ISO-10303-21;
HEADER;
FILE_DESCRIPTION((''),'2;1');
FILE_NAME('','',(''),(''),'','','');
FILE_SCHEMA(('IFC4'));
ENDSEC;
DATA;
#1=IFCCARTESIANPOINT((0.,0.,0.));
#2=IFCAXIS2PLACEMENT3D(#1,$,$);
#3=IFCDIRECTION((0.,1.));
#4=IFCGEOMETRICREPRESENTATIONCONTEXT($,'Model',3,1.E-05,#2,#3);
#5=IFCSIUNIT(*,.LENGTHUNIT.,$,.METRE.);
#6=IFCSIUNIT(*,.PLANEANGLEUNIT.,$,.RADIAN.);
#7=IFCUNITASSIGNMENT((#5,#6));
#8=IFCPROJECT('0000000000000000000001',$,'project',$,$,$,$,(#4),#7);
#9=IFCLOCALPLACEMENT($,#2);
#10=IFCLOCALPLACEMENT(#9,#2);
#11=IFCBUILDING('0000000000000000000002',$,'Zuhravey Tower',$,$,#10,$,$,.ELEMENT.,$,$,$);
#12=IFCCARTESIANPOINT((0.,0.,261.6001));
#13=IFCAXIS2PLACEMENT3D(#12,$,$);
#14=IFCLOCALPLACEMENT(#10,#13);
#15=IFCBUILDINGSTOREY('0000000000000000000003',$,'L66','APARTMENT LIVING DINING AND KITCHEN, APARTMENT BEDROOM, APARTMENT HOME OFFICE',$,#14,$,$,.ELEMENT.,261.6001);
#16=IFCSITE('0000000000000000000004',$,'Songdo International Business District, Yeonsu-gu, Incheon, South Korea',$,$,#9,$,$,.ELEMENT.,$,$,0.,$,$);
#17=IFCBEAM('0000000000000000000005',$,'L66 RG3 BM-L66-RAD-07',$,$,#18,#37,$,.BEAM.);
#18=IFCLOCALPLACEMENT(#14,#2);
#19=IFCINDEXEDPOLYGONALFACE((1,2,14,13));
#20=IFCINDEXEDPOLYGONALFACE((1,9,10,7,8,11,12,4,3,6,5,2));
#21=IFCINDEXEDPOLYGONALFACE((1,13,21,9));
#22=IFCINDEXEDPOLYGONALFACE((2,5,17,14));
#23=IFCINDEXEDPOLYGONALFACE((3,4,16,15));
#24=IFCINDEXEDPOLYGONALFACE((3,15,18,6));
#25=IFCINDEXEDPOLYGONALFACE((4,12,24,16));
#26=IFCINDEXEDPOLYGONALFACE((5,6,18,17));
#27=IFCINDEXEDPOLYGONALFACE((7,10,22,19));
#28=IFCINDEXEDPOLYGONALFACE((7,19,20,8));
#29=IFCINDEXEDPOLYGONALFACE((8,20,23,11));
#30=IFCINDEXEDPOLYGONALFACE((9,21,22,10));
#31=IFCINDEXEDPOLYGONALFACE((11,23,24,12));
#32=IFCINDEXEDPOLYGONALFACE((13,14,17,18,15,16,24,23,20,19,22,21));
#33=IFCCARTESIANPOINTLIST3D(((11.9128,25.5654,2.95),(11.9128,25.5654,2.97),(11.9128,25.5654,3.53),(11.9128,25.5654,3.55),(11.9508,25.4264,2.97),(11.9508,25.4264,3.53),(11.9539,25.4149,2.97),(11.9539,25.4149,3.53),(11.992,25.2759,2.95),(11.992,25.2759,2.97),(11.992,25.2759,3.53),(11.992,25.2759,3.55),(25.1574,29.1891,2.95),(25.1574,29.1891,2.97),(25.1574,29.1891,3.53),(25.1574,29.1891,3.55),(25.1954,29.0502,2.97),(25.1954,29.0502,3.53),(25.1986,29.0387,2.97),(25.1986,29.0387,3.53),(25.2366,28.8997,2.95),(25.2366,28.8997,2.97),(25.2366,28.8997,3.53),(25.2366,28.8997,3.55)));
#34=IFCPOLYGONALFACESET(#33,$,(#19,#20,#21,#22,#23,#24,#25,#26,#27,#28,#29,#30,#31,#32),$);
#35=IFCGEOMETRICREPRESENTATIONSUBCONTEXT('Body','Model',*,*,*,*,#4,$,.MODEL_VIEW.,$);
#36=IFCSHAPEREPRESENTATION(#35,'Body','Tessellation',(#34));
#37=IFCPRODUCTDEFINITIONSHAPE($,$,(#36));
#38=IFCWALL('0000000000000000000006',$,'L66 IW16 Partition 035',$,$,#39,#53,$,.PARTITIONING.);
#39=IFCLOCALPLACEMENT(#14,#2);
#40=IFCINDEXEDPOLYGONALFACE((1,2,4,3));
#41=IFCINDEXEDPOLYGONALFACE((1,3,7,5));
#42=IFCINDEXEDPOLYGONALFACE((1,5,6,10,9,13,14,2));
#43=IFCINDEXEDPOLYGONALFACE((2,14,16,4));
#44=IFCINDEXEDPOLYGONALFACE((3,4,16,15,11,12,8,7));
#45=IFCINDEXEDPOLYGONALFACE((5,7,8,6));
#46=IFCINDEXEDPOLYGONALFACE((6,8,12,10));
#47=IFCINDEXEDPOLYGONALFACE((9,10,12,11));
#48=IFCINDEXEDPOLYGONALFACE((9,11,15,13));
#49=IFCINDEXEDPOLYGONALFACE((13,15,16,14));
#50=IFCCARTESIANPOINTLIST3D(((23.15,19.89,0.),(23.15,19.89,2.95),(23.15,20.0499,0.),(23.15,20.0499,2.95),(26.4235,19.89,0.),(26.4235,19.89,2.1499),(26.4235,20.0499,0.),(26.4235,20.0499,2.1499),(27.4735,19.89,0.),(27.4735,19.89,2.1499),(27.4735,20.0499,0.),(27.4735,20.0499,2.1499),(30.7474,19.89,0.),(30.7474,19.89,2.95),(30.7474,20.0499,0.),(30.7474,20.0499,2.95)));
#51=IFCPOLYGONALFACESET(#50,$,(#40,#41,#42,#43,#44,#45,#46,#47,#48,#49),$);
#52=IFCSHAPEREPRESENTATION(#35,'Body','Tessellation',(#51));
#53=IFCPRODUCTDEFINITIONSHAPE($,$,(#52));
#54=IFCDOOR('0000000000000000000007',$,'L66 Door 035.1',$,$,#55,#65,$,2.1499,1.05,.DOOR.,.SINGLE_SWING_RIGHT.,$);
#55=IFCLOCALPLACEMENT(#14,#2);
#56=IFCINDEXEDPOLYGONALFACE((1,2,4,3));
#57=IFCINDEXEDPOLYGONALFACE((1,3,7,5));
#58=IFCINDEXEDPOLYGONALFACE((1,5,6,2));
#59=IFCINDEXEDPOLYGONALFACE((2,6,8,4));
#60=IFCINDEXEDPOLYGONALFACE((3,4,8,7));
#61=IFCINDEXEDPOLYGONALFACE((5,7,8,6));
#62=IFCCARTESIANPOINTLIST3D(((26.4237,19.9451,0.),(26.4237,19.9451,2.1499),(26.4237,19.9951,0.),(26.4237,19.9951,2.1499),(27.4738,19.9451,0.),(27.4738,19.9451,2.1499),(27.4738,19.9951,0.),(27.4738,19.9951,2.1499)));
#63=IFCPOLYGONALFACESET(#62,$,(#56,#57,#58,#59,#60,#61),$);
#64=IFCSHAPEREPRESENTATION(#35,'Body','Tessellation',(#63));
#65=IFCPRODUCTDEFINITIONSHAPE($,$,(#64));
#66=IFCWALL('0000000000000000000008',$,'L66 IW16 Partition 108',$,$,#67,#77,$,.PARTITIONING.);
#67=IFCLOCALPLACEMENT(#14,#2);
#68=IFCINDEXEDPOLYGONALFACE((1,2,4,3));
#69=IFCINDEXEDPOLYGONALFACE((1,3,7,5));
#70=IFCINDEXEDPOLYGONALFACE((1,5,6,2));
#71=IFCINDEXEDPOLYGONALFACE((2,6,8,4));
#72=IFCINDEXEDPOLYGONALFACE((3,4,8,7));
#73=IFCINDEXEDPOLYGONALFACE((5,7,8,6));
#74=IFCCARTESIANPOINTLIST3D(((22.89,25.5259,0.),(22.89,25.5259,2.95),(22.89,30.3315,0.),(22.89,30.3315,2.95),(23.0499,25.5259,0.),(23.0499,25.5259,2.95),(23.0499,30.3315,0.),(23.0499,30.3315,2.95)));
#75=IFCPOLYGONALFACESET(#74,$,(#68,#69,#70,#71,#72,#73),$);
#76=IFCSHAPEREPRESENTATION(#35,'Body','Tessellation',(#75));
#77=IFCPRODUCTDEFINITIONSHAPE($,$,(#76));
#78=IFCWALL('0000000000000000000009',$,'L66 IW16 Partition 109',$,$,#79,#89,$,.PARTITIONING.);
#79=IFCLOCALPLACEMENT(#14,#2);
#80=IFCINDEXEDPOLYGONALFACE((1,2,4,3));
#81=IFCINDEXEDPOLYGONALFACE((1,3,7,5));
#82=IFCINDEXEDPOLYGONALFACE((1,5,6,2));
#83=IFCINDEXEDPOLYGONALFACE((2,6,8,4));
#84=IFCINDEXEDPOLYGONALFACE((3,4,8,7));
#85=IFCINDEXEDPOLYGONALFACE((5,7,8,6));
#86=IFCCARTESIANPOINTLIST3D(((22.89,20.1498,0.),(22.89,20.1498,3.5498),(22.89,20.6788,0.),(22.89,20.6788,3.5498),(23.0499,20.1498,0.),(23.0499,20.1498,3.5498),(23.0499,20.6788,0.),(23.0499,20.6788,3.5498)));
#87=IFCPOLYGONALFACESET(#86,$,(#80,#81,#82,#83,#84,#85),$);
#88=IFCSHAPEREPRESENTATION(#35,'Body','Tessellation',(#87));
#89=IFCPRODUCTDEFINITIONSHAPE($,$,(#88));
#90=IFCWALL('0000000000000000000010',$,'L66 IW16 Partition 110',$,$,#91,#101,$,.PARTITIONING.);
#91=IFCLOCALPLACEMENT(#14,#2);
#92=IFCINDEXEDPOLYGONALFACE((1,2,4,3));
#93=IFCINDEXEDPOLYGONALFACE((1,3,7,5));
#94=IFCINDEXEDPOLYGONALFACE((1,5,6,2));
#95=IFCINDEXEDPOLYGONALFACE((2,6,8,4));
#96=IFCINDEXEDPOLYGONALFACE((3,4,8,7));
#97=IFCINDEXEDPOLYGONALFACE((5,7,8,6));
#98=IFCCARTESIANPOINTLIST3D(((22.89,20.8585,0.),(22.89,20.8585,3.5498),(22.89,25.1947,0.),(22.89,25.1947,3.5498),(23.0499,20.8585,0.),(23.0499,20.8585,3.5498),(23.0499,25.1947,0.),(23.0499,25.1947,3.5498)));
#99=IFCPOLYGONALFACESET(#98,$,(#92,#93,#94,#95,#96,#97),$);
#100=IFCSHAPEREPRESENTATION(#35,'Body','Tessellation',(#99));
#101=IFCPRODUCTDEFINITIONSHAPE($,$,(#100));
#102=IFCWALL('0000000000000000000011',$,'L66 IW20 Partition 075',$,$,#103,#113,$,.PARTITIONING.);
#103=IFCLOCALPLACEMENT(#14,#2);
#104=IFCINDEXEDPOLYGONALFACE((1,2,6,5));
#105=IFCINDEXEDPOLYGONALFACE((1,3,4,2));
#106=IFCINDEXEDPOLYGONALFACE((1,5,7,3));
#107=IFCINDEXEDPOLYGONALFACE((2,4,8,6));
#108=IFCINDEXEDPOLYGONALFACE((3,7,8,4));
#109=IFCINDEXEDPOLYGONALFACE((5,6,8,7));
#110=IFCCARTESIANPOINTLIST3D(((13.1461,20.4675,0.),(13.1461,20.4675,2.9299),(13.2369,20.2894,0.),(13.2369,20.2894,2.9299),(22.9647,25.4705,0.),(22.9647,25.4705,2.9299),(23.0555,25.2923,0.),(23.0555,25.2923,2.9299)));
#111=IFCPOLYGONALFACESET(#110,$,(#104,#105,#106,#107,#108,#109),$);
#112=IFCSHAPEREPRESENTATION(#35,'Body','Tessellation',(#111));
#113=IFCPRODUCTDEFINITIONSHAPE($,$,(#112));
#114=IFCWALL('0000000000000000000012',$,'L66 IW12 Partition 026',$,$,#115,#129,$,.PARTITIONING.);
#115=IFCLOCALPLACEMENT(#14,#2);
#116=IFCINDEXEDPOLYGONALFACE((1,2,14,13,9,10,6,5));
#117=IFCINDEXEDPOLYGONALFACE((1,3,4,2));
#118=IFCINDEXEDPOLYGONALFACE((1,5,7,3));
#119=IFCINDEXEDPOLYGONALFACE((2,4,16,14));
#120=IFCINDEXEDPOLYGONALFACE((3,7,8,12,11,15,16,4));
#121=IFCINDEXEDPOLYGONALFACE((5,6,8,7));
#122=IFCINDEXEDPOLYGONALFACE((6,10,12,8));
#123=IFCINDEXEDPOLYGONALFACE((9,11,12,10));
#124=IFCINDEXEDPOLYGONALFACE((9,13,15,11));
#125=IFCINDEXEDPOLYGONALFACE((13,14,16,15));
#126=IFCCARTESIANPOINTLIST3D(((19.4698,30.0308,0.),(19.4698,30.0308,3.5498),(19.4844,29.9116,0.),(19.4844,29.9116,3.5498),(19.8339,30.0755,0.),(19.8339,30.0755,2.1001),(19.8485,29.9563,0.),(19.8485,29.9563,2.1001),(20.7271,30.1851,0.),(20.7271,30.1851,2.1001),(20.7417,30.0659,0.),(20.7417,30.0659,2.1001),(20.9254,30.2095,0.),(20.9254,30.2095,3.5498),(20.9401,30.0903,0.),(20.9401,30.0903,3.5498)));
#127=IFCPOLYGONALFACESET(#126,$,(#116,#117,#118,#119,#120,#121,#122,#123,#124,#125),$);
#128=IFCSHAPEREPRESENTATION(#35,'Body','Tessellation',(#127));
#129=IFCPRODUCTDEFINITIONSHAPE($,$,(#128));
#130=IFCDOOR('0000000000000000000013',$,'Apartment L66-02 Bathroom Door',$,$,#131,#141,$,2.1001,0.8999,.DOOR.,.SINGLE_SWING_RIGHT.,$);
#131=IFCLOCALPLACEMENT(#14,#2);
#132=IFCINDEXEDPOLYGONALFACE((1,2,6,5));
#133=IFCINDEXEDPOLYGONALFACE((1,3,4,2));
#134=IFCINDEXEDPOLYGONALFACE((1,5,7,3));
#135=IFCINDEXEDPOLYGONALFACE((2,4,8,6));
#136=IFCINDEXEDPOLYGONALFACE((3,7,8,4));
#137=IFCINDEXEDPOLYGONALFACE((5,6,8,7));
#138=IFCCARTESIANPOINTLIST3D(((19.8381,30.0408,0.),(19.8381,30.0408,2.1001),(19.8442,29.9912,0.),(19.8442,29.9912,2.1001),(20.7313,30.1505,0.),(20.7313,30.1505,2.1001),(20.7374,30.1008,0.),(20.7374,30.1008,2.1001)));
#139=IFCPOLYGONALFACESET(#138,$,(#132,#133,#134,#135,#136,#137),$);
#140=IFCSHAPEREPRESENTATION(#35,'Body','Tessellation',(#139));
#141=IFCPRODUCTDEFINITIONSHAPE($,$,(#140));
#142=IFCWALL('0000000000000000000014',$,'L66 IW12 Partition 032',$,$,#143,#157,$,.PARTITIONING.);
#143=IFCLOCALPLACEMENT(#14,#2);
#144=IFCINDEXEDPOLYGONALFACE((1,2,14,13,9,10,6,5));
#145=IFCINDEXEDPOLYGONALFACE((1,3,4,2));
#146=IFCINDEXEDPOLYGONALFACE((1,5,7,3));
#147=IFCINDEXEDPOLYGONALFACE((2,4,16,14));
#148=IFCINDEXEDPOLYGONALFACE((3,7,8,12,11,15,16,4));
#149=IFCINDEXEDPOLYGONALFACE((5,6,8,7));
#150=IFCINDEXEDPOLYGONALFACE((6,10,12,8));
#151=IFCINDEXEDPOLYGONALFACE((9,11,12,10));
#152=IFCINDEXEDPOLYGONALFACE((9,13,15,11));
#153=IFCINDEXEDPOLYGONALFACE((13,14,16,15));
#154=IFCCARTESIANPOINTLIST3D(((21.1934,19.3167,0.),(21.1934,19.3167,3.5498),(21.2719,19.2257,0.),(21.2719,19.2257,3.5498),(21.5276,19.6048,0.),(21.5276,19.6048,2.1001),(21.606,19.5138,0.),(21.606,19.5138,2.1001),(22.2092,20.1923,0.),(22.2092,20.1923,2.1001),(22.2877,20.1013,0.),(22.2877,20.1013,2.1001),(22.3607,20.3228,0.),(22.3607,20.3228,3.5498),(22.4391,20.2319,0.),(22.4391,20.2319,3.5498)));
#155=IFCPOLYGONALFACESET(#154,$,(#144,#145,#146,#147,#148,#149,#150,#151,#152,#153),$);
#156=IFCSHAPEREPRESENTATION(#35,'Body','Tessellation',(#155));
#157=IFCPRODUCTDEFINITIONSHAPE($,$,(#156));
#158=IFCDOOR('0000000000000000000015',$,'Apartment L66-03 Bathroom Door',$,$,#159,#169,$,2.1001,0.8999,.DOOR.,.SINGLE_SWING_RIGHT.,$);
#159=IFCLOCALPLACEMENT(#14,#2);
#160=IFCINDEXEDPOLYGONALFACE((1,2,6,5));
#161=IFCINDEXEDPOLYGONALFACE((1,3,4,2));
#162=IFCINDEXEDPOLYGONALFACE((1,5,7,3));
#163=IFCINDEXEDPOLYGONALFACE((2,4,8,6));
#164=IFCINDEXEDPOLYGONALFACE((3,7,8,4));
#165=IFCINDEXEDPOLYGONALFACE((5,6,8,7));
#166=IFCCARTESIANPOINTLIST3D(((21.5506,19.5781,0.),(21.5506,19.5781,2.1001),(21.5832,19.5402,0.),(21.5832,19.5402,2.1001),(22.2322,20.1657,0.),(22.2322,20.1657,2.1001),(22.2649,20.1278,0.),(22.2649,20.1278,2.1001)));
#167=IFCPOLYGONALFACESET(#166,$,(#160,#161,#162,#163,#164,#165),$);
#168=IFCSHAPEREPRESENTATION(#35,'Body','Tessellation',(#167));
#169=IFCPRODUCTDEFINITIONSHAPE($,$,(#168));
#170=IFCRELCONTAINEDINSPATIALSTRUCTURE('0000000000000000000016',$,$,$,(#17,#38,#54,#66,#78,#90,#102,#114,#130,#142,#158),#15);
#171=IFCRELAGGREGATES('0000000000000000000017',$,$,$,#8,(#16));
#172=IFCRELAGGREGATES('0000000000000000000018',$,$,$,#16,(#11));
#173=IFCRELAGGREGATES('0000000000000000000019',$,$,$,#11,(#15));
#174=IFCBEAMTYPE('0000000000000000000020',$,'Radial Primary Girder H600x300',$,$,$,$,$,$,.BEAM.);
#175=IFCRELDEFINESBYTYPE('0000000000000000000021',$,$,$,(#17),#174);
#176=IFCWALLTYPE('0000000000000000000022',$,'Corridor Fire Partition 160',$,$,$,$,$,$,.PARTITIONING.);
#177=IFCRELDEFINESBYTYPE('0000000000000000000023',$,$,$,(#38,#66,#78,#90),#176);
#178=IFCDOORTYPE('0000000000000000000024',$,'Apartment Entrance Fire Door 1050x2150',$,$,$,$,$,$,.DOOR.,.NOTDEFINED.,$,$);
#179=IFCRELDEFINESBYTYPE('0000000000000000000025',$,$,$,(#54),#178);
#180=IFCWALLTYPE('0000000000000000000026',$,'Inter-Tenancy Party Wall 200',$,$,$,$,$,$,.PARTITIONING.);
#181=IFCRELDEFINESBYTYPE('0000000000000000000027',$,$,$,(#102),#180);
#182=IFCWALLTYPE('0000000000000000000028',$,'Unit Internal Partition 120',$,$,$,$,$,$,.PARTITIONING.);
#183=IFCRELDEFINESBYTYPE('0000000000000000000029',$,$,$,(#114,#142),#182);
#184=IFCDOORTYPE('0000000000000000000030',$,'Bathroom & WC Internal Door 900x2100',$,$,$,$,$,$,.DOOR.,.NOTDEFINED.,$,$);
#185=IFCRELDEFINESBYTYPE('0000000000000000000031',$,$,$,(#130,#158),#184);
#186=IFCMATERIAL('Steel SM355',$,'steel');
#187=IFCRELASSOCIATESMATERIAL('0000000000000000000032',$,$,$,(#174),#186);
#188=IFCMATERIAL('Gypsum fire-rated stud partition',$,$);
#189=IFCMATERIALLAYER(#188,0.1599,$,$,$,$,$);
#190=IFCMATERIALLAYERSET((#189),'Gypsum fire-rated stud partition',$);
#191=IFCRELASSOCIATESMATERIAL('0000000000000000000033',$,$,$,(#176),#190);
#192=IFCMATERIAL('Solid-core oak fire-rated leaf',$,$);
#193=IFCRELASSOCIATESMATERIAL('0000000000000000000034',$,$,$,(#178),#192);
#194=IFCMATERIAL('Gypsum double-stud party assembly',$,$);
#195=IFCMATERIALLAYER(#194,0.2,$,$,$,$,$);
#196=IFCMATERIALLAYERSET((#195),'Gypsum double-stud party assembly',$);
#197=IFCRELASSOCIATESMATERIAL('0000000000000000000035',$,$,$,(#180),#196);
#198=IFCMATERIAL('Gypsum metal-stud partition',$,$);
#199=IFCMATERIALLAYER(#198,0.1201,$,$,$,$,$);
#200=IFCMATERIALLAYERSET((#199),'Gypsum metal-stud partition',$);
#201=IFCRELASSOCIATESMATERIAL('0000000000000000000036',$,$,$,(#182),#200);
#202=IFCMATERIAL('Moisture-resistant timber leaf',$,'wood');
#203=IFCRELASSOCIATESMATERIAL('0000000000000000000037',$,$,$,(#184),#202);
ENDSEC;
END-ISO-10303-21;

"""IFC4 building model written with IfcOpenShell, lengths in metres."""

from ifc_helpers import new_model, si_unit, direction, frame, frame_2d, origin, origin_2d, place, context, subcontext, project, spatial, rectangle, i_section, extrude, material, layer, layer_set, material_profile, profile_set, type_object, element, fill, save


model = new_model("IFC4")

# Units and contexts
model_context = context("Model", 3, precision=1e-05, world=origin(), true_north=direction((0.0, 1.0)))
body_context = subcontext(model_context, "Body", "Model", "MODEL_VIEW")
ifc_project = project(units=[si_unit("LENGTHUNIT", "METRE"), si_unit("PLANEANGLEUNIT", "RADIAN")], contexts=[model_context])

# Site, building, storey
site_placement = place(None, origin())
site = spatial("IfcSite", under=ifc_project, at=site_placement, Name="Songdo International Business District, Yeonsu-gu, Incheon, South Korea", CompositionType="ELEMENT", RefElevation=0.0)
building_placement = place(site_placement, origin())
building = spatial("IfcBuilding", under=site, at=building_placement, Name="Zuhravey Tower", CompositionType="ELEMENT")
storey_placement = place(building_placement, frame((0.0, 0.0, 261.6001)))
storey = spatial("IfcBuildingStorey", under=building, at=storey_placement, Name="L66", Description="APARTMENT LIVING DINING AND KITCHEN, APARTMENT BEDROOM, APARTMENT HOME OFFICE", CompositionType="ELEMENT", Elevation=261.6001)

# Beam
ifc_material_1 = material(Name="Steel SM355", Category="steel")
ifc_material_profile = material_profile(ifc_material_1, i_section(OverallWidth=0.3, OverallDepth=0.6001, WebThickness=0.012, FlangeThickness=0.02, at=origin_2d()), Name="H-600x300x12x20")
ifc_profile_set = profile_set([ifc_material_profile], Name="Steel SM355")
beam_type = type_object("IfcBeamType", Name="Radial Primary Girder H600x300", PredefinedType="BEAM", material=ifc_profile_set)
beam_placement = place(storey_placement, frame((25.197, 29.0444, 3.25), z_axis=(-0.964549, -0.263904, 0.0), x_axis=(0.263904, -0.964549, 0.0)))
element("IfcBeam", 1, at=beam_placement, inside=storey, type_object=beam_type, Name="L66 RG3 BM-L66-RAD-07", PredefinedType="BEAM", context=body_context, shape_type="SweptSolid", body=[
    extrude(i_section(OverallWidth=0.3, OverallDepth=0.6001, WebThickness=0.012, FlangeThickness=0.02, at=origin_2d()), origin(), (0.0, 0.0, 1.0), 13.7314),
])

# Wall, opening, door
ifc_material_2 = material(Name="Gypsum fire-rated stud partition")
ifc_layer_1 = layer(ifc_material_2, 0.1599)
ifc_layer_set_1 = layer_set([ifc_layer_1], Name="Gypsum fire-rated stud partition")
wall_type_1 = type_object("IfcWallType", Name="Corridor Fire Partition 160", PredefinedType="PARTITIONING", material=ifc_layer_set_1)
wall_1_placement = place(storey_placement, frame((23.1499, 19.97, 0.0), z_axis=(0.0, 0.0, 1.0), x_axis=(1.0, 0.0, 0.0)))
wall_1 = element("IfcWall", 2, at=wall_1_placement, inside=storey, type_object=wall_type_1, Name="L66 IW16 Partition 035", PredefinedType="PARTITIONING", context=body_context, shape_type="SweptSolid", body=[
    extrude(rectangle(XDim=7.5974, YDim=0.1599, at=frame_2d((3.7988, 0.0))), origin(), (0.0, 0.0, 1.0), 2.95),
])
opening_1_placement = place(wall_1_placement, frame((3.2737, 0.0, 0.0)))
opening_1 = element("IfcOpeningElement", 3, at=opening_1_placement, cuts=wall_1, PredefinedType="OPENING", context=body_context, shape_type="SweptSolid", body=[
    extrude(rectangle(XDim=1.05, YDim=2.1499, at=frame_2d((0.5249, 1.075))), frame((0.0, 0.092, 0.0), z_axis=(0.0, -1.0, 0.0), x_axis=(1.0, 0.0, 0.0)), (0.0, 0.0, 1.0), 0.1838),
])
ifc_material_3 = material(Name="Solid-core oak fire-rated leaf")
door_type_1 = type_object("IfcDoorType", Name="Apartment Entrance Fire Door 1050x2150", OperationType="NOTDEFINED", PredefinedType="DOOR", material=ifc_material_3)
door_1_placement = place(opening_1_placement, frame((1.05, 0.0, 0.0), z_axis=(0.0, 0.0, 1.0), x_axis=(-1.0, 0.0, 0.0)))
door_1 = element("IfcDoor", 4, at=door_1_placement, inside=storey, type_object=door_type_1, Name="L66 Door 035.1", OperationType="SINGLE_SWING_RIGHT", OverallHeight=2.1499, OverallWidth=1.05, PredefinedType="DOOR", context=body_context, shape_type="SweptSolid", body=[
    extrude(rectangle(XDim=1.05, YDim=2.1499, at=frame_2d((0.5249, 1.075))), frame((0.0, 0.0249, 0.0), z_axis=(0.0, -1.0, 0.0), x_axis=(1.0, 0.0, 0.0)), (0.0, 0.0, 1.0), 0.05),
])
fill(opening_1, door_1)

# Walls
wall_2_placement = place(storey_placement, frame((22.97, 30.3315, 0.0), z_axis=(0.0, 0.0, 1.0), x_axis=(0.0, -1.0, 0.0)))
element("IfcWall", 5, at=wall_2_placement, inside=storey, type_object=wall_type_1, Name="L66 IW16 Partition 108", PredefinedType="PARTITIONING", context=body_context, shape_type="SweptSolid", body=[
    extrude(rectangle(XDim=4.8057, YDim=0.1599, at=frame_2d((2.4028, 0.0))), origin(), (0.0, 0.0, 1.0), 2.95),
])
wall_3_placement = place(storey_placement, frame((22.97, 20.679, 0.0), z_axis=(0.0, 0.0, 1.0), x_axis=(0.0, -1.0, 0.0)))
element("IfcWall", 6, at=wall_3_placement, inside=storey, type_object=wall_type_1, Name="L66 IW16 Partition 109", PredefinedType="PARTITIONING", context=body_context, shape_type="SweptSolid", body=[
    extrude(rectangle(XDim=0.5291, YDim=0.1599, at=frame_2d((0.2646, 0.0))), origin(), (0.0, 0.0, 1.0), 3.5498),
])
wall_4_placement = place(storey_placement, frame((22.97, 25.1946, 0.0), z_axis=(0.0, 0.0, 1.0), x_axis=(0.0, -1.0, 0.0)))
element("IfcWall", 7, at=wall_4_placement, inside=storey, type_object=wall_type_1, Name="L66 IW16 Partition 110", PredefinedType="PARTITIONING", context=body_context, shape_type="SweptSolid", body=[
    extrude(rectangle(XDim=4.3362, YDim=0.1599, at=frame_2d((2.168, 0.0))), origin(), (0.0, 0.0, 1.0), 3.5498),
])
ifc_material_4 = material(Name="Gypsum double-stud party assembly")
ifc_layer_2 = layer(ifc_material_4, 0.2)
ifc_layer_set_2 = layer_set([ifc_layer_2], Name="Gypsum double-stud party assembly")
wall_type_2 = type_object("IfcWallType", Name="Inter-Tenancy Party Wall 200", PredefinedType="PARTITIONING", material=ifc_layer_set_2)
wall_5_placement = place(storey_placement, frame((23.01, 25.3813, 0.0), z_axis=(0.0, 0.0, 1.0), x_axis=(-0.891003, -0.453998, 0.0)))
element("IfcWall", 8, at=wall_5_placement, inside=storey, type_object=wall_type_2, Name="L66 IW20 Partition 075", PredefinedType="PARTITIONING", context=body_context, shape_type="SweptSolid", body=[
    extrude(rectangle(XDim=11.0198, YDim=0.2, at=frame_2d((5.5098, 0.0))), origin(), (0.0, 0.0, 1.0), 2.9299),
])

# Walls, openings, doors
ifc_material_5 = material(Name="Gypsum metal-stud partition")
ifc_layer_3 = layer(ifc_material_5, 0.1201)
ifc_layer_set_3 = layer_set([ifc_layer_3], Name="Gypsum metal-stud partition")
wall_type_3 = type_object("IfcWallType", Name="Unit Internal Partition 120", PredefinedType="PARTITIONING", material=ifc_layer_set_3)
wall_6_placement = place(storey_placement, frame((20.9329, 30.1499, 0.0), z_axis=(0.0, 0.0, 1.0), x_axis=(-0.992547, -0.121863, 0.0)))
wall_6 = element("IfcWall", 9, at=wall_6_placement, inside=storey, type_object=wall_type_3, Name="L66 IW12 Partition 026", PredefinedType="PARTITIONING", context=body_context, shape_type="SweptSolid", body=[
    extrude(rectangle(XDim=1.4666, YDim=0.1201, at=frame_2d((0.7334, 0.0))), origin(), (0.0, 0.0, 1.0), 3.5498),
])
opening_2_placement = place(wall_6_placement, frame((0.2, 0.0, 0.0)))
opening_2 = element("IfcOpeningElement", 10, at=opening_2_placement, cuts=wall_6, PredefinedType="OPENING", context=body_context, shape_type="SweptSolid", body=[
    extrude(rectangle(XDim=0.8999, YDim=2.1001, at=frame_2d((0.45, 1.05))), frame((0.0, 0.072, 0.0), z_axis=(0.0, -1.0, 0.0), x_axis=(1.0, 0.0, 0.0)), (0.0, 0.0, 1.0), 0.144),
])
ifc_material_6 = material(Name="Moisture-resistant timber leaf", Category="wood")
door_type_2 = type_object("IfcDoorType", Name="Bathroom & WC Internal Door 900x2100", OperationType="NOTDEFINED", PredefinedType="DOOR", material=ifc_material_6)
door_2_placement = place(opening_2_placement, origin())
door_2 = element("IfcDoor", 11, at=door_2_placement, inside=storey, type_object=door_type_2, Name="Apartment L66-02 Bathroom Door", OperationType="SINGLE_SWING_RIGHT", OverallHeight=2.1001, OverallWidth=0.8999, PredefinedType="DOOR", context=body_context, shape_type="SweptSolid", body=[
    extrude(rectangle(XDim=0.8999, YDim=2.1001, at=frame_2d((0.45, 1.05))), frame((0.0, 0.0249, 0.0), z_axis=(0.0, -1.0, 0.0), x_axis=(1.0, 0.0, 0.0)), (0.0, 0.0, 1.0), 0.05),
])
fill(opening_2, door_2)
wall_7_placement = place(storey_placement, frame((22.3999, 20.2773, 0.0), z_axis=(0.0, 0.0, 1.0), x_axis=(-0.757453, -0.652889, 0.0)))
wall_7 = element("IfcWall", 12, at=wall_7_placement, inside=storey, type_object=wall_type_3, Name="L66 IW12 Partition 032", PredefinedType="PARTITIONING", context=body_context, shape_type="SweptSolid", body=[
    extrude(rectangle(XDim=1.541, YDim=0.1201, at=frame_2d((0.7705, 0.0))), origin(), (0.0, 0.0, 1.0), 3.5498),
])
opening_3_placement = place(wall_7_placement, frame((0.2, 0.0, 0.0)))
opening_3 = element("IfcOpeningElement", 13, at=opening_3_placement, cuts=wall_7, PredefinedType="OPENING", context=body_context, shape_type="SweptSolid", body=[
    extrude(rectangle(XDim=0.8999, YDim=2.1001, at=frame_2d((0.45, 1.05))), frame((0.0, 0.072, 0.0), z_axis=(0.0, -1.0, 0.0), x_axis=(1.0, 0.0, 0.0)), (0.0, 0.0, 1.0), 0.144),
])
door_3_placement = place(opening_3_placement, frame((0.8999, 0.0, 0.0), z_axis=(0.0, 0.0, 1.0), x_axis=(-1.0, 0.0, 0.0)))
door_3 = element("IfcDoor", 14, at=door_3_placement, inside=storey, type_object=door_type_2, Name="Apartment L66-03 Bathroom Door", OperationType="SINGLE_SWING_RIGHT", OverallHeight=2.1001, OverallWidth=0.8999, PredefinedType="DOOR", context=body_context, shape_type="SweptSolid", body=[
    extrude(rectangle(XDim=0.8999, YDim=2.1001, at=frame_2d((0.45, 1.05))), frame((0.0, 0.0249, 0.0), z_axis=(0.0, -1.0, 0.0), x_axis=(1.0, 0.0, 0.0)), (0.0, 0.0, 1.0), 0.05),
])
fill(opening_3, door_3)

save(model, "model.ifc")
